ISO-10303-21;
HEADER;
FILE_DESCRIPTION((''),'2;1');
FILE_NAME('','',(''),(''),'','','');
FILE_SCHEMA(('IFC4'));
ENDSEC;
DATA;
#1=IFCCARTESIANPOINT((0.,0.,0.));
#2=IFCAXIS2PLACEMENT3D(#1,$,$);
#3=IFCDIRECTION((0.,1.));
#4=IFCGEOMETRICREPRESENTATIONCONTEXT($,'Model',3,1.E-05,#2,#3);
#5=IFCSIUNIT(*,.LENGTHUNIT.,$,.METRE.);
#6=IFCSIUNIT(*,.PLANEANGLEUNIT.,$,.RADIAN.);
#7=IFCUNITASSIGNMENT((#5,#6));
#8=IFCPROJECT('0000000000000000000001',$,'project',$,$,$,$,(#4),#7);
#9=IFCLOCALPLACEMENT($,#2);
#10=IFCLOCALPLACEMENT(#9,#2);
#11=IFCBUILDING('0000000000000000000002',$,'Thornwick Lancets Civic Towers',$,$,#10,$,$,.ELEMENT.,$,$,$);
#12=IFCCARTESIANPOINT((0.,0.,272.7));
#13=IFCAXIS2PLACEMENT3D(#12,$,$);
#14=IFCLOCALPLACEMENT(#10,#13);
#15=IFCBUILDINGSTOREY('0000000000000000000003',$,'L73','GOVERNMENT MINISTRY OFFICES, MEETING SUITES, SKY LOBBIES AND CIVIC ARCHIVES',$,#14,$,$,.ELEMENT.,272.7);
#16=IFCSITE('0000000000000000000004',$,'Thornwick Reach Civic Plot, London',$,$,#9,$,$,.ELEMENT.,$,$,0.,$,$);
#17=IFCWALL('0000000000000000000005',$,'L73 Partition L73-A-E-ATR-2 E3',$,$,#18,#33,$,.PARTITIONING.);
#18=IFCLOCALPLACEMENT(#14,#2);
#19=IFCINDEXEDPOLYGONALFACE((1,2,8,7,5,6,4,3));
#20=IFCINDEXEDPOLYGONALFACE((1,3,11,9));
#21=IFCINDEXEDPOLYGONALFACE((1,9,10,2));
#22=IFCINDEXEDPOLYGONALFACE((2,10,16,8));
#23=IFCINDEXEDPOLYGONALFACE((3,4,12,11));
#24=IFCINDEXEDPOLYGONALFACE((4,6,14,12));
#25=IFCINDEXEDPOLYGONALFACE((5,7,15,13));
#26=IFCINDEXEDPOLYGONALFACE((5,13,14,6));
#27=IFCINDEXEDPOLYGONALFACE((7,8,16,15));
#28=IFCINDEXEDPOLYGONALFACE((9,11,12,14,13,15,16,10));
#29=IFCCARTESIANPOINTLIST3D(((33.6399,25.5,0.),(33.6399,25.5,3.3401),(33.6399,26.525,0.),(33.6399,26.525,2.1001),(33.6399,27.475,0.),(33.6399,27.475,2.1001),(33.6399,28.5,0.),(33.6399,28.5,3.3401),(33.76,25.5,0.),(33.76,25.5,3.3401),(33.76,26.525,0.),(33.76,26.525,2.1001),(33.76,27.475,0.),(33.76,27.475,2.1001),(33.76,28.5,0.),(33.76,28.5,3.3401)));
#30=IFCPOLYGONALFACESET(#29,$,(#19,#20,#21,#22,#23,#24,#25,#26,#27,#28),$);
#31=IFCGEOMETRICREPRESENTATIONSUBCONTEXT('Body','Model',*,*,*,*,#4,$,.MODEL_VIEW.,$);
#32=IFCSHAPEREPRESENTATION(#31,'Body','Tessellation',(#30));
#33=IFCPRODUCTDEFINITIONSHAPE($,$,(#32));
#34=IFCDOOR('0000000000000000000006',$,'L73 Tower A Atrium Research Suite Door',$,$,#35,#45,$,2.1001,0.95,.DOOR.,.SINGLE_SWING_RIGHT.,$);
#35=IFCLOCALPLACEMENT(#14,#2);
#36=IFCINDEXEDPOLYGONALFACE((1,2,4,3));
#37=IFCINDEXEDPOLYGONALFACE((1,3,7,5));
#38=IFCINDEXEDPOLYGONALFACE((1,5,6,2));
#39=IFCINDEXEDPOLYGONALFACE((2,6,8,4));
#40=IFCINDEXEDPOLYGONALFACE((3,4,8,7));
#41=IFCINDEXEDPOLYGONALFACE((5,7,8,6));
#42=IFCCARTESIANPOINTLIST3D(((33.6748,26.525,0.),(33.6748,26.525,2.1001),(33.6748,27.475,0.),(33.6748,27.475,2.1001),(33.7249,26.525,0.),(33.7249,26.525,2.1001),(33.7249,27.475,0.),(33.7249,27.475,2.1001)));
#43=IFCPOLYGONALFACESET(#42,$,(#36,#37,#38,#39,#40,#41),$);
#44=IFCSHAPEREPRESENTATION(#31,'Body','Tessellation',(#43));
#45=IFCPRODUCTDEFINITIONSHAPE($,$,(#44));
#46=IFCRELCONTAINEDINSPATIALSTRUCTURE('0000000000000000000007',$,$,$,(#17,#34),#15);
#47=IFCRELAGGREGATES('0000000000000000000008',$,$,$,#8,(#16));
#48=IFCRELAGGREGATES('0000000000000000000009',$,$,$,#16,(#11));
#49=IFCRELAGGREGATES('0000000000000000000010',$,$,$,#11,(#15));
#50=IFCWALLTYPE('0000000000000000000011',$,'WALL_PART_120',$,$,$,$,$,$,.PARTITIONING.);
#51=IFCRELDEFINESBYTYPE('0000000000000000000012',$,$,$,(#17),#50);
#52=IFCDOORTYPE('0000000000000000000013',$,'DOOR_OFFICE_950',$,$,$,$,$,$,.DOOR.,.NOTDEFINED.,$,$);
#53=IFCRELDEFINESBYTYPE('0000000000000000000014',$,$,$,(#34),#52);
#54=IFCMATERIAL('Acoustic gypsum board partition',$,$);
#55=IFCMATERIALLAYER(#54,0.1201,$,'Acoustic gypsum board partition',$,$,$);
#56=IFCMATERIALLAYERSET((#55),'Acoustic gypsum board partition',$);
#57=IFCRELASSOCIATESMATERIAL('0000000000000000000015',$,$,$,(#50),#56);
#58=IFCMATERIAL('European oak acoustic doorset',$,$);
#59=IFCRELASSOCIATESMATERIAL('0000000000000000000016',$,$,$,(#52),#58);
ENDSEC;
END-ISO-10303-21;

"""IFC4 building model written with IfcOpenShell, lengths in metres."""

from ifc_helpers import new_model, si_unit, direction, frame, frame_2d, origin, place, context, subcontext, project, spatial, rectangle, extrude, material, layer, layer_set, type_object, element, fill, save


model = new_model("IFC4")

# Units and contexts
model_context = context("Model", 3, precision=1e-05, world=origin(), true_north=direction((0.0, 1.0)))
body_context = subcontext(model_context, "Body", "Model", "MODEL_VIEW")
ifc_project = project(units=[si_unit("LENGTHUNIT", "METRE"), si_unit("PLANEANGLEUNIT", "RADIAN")], contexts=[model_context])

# Site, building, storey
site_placement = place(None, origin())
site = spatial("IfcSite", under=ifc_project, at=site_placement, Name="Thornwick Reach Civic Plot, London", CompositionType="ELEMENT", RefElevation=0.0)
building_placement = place(site_placement, origin())
building = spatial("IfcBuilding", under=site, at=building_placement, Name="Thornwick Lancets Civic Towers", CompositionType="ELEMENT")
storey_placement = place(building_placement, frame((0.0, 0.0, 272.7)))
storey = spatial("IfcBuildingStorey", under=building, at=storey_placement, Name="L73", Description="GOVERNMENT MINISTRY OFFICES, MEETING SUITES, SKY LOBBIES AND CIVIC ARCHIVES", CompositionType="ELEMENT", Elevation=272.7)

# Shared definitions
ifc_material_1 = material(Name="Acoustic gypsum board partition")
ifc_layer_1 = layer(ifc_material_1, 0.1201, Name="Acoustic gypsum board partition")
ifc_layer_set_1 = layer_set([ifc_layer_1], Name="Acoustic gypsum board partition")
wall_type_1 = type_object("IfcWallType", Name="WALL_PART_120", PredefinedType="PARTITIONING", material=ifc_layer_set_1)

# Shared definitions
ifc_material_2 = material(Name="European oak acoustic doorset")
door_type_1 = type_object("IfcDoorType", Name="DOOR_OFFICE_950", OperationType="NOTDEFINED", PredefinedType="DOOR", material=ifc_material_2)

# Wall, opening, door
wall_1_placement = place(storey_placement, frame((33.7, 28.5, 0.0), z_axis=(0.0, 0.0, 1.0), x_axis=(0.0, -1.0, 0.0)))
wall_1 = element("IfcWall", 1, at=wall_1_placement, inside=storey, type_object=wall_type_1, Name="L73 Partition L73-A-E-ATR-2 E3", PredefinedType="PARTITIONING", context=body_context, shape_type="SweptSolid", body=[
    extrude(rectangle(XDim=3.0, YDim=0.1201, at=frame_2d((1.5, 0.0))), origin(), (0.0, 0.0, 1.0), 3.3401),
])
opening_1_placement = place(wall_1_placement, frame((1.0249, 0.0, 0.0)))
opening_1 = element("IfcOpeningElement", 2, at=opening_1_placement, cuts=wall_1, PredefinedType="OPENING", context=body_context, shape_type="SweptSolid", body=[
    extrude(rectangle(XDim=0.95, YDim=2.1001, at=frame_2d((0.4751, 1.05))), frame((0.0, 0.0701, 0.0), z_axis=(0.0, -1.0, 0.0), x_axis=(1.0, 0.0, 0.0)), (0.0, 0.0, 1.0), 0.1401),
])
door_1_placement = place(opening_1_placement, origin())
door_1 = element("IfcDoor", 3, at=door_1_placement, inside=storey, type_object=door_type_1, Name="L73 Tower A Atrium Research Suite Door", OperationType="SINGLE_SWING_RIGHT", OverallHeight=2.1001, OverallWidth=0.95, PredefinedType="DOOR", context=body_context, shape_type="SweptSolid", body=[
    extrude(rectangle(XDim=0.95, YDim=2.1001, at=frame_2d((0.4751, 1.05))), frame((0.0, 0.0249, 0.0), z_axis=(0.0, -1.0, 0.0), x_axis=(1.0, 0.0, 0.0)), (0.0, 0.0, 1.0), 0.05),
])
fill(opening_1, door_1)

save(model, "model.ifc")
